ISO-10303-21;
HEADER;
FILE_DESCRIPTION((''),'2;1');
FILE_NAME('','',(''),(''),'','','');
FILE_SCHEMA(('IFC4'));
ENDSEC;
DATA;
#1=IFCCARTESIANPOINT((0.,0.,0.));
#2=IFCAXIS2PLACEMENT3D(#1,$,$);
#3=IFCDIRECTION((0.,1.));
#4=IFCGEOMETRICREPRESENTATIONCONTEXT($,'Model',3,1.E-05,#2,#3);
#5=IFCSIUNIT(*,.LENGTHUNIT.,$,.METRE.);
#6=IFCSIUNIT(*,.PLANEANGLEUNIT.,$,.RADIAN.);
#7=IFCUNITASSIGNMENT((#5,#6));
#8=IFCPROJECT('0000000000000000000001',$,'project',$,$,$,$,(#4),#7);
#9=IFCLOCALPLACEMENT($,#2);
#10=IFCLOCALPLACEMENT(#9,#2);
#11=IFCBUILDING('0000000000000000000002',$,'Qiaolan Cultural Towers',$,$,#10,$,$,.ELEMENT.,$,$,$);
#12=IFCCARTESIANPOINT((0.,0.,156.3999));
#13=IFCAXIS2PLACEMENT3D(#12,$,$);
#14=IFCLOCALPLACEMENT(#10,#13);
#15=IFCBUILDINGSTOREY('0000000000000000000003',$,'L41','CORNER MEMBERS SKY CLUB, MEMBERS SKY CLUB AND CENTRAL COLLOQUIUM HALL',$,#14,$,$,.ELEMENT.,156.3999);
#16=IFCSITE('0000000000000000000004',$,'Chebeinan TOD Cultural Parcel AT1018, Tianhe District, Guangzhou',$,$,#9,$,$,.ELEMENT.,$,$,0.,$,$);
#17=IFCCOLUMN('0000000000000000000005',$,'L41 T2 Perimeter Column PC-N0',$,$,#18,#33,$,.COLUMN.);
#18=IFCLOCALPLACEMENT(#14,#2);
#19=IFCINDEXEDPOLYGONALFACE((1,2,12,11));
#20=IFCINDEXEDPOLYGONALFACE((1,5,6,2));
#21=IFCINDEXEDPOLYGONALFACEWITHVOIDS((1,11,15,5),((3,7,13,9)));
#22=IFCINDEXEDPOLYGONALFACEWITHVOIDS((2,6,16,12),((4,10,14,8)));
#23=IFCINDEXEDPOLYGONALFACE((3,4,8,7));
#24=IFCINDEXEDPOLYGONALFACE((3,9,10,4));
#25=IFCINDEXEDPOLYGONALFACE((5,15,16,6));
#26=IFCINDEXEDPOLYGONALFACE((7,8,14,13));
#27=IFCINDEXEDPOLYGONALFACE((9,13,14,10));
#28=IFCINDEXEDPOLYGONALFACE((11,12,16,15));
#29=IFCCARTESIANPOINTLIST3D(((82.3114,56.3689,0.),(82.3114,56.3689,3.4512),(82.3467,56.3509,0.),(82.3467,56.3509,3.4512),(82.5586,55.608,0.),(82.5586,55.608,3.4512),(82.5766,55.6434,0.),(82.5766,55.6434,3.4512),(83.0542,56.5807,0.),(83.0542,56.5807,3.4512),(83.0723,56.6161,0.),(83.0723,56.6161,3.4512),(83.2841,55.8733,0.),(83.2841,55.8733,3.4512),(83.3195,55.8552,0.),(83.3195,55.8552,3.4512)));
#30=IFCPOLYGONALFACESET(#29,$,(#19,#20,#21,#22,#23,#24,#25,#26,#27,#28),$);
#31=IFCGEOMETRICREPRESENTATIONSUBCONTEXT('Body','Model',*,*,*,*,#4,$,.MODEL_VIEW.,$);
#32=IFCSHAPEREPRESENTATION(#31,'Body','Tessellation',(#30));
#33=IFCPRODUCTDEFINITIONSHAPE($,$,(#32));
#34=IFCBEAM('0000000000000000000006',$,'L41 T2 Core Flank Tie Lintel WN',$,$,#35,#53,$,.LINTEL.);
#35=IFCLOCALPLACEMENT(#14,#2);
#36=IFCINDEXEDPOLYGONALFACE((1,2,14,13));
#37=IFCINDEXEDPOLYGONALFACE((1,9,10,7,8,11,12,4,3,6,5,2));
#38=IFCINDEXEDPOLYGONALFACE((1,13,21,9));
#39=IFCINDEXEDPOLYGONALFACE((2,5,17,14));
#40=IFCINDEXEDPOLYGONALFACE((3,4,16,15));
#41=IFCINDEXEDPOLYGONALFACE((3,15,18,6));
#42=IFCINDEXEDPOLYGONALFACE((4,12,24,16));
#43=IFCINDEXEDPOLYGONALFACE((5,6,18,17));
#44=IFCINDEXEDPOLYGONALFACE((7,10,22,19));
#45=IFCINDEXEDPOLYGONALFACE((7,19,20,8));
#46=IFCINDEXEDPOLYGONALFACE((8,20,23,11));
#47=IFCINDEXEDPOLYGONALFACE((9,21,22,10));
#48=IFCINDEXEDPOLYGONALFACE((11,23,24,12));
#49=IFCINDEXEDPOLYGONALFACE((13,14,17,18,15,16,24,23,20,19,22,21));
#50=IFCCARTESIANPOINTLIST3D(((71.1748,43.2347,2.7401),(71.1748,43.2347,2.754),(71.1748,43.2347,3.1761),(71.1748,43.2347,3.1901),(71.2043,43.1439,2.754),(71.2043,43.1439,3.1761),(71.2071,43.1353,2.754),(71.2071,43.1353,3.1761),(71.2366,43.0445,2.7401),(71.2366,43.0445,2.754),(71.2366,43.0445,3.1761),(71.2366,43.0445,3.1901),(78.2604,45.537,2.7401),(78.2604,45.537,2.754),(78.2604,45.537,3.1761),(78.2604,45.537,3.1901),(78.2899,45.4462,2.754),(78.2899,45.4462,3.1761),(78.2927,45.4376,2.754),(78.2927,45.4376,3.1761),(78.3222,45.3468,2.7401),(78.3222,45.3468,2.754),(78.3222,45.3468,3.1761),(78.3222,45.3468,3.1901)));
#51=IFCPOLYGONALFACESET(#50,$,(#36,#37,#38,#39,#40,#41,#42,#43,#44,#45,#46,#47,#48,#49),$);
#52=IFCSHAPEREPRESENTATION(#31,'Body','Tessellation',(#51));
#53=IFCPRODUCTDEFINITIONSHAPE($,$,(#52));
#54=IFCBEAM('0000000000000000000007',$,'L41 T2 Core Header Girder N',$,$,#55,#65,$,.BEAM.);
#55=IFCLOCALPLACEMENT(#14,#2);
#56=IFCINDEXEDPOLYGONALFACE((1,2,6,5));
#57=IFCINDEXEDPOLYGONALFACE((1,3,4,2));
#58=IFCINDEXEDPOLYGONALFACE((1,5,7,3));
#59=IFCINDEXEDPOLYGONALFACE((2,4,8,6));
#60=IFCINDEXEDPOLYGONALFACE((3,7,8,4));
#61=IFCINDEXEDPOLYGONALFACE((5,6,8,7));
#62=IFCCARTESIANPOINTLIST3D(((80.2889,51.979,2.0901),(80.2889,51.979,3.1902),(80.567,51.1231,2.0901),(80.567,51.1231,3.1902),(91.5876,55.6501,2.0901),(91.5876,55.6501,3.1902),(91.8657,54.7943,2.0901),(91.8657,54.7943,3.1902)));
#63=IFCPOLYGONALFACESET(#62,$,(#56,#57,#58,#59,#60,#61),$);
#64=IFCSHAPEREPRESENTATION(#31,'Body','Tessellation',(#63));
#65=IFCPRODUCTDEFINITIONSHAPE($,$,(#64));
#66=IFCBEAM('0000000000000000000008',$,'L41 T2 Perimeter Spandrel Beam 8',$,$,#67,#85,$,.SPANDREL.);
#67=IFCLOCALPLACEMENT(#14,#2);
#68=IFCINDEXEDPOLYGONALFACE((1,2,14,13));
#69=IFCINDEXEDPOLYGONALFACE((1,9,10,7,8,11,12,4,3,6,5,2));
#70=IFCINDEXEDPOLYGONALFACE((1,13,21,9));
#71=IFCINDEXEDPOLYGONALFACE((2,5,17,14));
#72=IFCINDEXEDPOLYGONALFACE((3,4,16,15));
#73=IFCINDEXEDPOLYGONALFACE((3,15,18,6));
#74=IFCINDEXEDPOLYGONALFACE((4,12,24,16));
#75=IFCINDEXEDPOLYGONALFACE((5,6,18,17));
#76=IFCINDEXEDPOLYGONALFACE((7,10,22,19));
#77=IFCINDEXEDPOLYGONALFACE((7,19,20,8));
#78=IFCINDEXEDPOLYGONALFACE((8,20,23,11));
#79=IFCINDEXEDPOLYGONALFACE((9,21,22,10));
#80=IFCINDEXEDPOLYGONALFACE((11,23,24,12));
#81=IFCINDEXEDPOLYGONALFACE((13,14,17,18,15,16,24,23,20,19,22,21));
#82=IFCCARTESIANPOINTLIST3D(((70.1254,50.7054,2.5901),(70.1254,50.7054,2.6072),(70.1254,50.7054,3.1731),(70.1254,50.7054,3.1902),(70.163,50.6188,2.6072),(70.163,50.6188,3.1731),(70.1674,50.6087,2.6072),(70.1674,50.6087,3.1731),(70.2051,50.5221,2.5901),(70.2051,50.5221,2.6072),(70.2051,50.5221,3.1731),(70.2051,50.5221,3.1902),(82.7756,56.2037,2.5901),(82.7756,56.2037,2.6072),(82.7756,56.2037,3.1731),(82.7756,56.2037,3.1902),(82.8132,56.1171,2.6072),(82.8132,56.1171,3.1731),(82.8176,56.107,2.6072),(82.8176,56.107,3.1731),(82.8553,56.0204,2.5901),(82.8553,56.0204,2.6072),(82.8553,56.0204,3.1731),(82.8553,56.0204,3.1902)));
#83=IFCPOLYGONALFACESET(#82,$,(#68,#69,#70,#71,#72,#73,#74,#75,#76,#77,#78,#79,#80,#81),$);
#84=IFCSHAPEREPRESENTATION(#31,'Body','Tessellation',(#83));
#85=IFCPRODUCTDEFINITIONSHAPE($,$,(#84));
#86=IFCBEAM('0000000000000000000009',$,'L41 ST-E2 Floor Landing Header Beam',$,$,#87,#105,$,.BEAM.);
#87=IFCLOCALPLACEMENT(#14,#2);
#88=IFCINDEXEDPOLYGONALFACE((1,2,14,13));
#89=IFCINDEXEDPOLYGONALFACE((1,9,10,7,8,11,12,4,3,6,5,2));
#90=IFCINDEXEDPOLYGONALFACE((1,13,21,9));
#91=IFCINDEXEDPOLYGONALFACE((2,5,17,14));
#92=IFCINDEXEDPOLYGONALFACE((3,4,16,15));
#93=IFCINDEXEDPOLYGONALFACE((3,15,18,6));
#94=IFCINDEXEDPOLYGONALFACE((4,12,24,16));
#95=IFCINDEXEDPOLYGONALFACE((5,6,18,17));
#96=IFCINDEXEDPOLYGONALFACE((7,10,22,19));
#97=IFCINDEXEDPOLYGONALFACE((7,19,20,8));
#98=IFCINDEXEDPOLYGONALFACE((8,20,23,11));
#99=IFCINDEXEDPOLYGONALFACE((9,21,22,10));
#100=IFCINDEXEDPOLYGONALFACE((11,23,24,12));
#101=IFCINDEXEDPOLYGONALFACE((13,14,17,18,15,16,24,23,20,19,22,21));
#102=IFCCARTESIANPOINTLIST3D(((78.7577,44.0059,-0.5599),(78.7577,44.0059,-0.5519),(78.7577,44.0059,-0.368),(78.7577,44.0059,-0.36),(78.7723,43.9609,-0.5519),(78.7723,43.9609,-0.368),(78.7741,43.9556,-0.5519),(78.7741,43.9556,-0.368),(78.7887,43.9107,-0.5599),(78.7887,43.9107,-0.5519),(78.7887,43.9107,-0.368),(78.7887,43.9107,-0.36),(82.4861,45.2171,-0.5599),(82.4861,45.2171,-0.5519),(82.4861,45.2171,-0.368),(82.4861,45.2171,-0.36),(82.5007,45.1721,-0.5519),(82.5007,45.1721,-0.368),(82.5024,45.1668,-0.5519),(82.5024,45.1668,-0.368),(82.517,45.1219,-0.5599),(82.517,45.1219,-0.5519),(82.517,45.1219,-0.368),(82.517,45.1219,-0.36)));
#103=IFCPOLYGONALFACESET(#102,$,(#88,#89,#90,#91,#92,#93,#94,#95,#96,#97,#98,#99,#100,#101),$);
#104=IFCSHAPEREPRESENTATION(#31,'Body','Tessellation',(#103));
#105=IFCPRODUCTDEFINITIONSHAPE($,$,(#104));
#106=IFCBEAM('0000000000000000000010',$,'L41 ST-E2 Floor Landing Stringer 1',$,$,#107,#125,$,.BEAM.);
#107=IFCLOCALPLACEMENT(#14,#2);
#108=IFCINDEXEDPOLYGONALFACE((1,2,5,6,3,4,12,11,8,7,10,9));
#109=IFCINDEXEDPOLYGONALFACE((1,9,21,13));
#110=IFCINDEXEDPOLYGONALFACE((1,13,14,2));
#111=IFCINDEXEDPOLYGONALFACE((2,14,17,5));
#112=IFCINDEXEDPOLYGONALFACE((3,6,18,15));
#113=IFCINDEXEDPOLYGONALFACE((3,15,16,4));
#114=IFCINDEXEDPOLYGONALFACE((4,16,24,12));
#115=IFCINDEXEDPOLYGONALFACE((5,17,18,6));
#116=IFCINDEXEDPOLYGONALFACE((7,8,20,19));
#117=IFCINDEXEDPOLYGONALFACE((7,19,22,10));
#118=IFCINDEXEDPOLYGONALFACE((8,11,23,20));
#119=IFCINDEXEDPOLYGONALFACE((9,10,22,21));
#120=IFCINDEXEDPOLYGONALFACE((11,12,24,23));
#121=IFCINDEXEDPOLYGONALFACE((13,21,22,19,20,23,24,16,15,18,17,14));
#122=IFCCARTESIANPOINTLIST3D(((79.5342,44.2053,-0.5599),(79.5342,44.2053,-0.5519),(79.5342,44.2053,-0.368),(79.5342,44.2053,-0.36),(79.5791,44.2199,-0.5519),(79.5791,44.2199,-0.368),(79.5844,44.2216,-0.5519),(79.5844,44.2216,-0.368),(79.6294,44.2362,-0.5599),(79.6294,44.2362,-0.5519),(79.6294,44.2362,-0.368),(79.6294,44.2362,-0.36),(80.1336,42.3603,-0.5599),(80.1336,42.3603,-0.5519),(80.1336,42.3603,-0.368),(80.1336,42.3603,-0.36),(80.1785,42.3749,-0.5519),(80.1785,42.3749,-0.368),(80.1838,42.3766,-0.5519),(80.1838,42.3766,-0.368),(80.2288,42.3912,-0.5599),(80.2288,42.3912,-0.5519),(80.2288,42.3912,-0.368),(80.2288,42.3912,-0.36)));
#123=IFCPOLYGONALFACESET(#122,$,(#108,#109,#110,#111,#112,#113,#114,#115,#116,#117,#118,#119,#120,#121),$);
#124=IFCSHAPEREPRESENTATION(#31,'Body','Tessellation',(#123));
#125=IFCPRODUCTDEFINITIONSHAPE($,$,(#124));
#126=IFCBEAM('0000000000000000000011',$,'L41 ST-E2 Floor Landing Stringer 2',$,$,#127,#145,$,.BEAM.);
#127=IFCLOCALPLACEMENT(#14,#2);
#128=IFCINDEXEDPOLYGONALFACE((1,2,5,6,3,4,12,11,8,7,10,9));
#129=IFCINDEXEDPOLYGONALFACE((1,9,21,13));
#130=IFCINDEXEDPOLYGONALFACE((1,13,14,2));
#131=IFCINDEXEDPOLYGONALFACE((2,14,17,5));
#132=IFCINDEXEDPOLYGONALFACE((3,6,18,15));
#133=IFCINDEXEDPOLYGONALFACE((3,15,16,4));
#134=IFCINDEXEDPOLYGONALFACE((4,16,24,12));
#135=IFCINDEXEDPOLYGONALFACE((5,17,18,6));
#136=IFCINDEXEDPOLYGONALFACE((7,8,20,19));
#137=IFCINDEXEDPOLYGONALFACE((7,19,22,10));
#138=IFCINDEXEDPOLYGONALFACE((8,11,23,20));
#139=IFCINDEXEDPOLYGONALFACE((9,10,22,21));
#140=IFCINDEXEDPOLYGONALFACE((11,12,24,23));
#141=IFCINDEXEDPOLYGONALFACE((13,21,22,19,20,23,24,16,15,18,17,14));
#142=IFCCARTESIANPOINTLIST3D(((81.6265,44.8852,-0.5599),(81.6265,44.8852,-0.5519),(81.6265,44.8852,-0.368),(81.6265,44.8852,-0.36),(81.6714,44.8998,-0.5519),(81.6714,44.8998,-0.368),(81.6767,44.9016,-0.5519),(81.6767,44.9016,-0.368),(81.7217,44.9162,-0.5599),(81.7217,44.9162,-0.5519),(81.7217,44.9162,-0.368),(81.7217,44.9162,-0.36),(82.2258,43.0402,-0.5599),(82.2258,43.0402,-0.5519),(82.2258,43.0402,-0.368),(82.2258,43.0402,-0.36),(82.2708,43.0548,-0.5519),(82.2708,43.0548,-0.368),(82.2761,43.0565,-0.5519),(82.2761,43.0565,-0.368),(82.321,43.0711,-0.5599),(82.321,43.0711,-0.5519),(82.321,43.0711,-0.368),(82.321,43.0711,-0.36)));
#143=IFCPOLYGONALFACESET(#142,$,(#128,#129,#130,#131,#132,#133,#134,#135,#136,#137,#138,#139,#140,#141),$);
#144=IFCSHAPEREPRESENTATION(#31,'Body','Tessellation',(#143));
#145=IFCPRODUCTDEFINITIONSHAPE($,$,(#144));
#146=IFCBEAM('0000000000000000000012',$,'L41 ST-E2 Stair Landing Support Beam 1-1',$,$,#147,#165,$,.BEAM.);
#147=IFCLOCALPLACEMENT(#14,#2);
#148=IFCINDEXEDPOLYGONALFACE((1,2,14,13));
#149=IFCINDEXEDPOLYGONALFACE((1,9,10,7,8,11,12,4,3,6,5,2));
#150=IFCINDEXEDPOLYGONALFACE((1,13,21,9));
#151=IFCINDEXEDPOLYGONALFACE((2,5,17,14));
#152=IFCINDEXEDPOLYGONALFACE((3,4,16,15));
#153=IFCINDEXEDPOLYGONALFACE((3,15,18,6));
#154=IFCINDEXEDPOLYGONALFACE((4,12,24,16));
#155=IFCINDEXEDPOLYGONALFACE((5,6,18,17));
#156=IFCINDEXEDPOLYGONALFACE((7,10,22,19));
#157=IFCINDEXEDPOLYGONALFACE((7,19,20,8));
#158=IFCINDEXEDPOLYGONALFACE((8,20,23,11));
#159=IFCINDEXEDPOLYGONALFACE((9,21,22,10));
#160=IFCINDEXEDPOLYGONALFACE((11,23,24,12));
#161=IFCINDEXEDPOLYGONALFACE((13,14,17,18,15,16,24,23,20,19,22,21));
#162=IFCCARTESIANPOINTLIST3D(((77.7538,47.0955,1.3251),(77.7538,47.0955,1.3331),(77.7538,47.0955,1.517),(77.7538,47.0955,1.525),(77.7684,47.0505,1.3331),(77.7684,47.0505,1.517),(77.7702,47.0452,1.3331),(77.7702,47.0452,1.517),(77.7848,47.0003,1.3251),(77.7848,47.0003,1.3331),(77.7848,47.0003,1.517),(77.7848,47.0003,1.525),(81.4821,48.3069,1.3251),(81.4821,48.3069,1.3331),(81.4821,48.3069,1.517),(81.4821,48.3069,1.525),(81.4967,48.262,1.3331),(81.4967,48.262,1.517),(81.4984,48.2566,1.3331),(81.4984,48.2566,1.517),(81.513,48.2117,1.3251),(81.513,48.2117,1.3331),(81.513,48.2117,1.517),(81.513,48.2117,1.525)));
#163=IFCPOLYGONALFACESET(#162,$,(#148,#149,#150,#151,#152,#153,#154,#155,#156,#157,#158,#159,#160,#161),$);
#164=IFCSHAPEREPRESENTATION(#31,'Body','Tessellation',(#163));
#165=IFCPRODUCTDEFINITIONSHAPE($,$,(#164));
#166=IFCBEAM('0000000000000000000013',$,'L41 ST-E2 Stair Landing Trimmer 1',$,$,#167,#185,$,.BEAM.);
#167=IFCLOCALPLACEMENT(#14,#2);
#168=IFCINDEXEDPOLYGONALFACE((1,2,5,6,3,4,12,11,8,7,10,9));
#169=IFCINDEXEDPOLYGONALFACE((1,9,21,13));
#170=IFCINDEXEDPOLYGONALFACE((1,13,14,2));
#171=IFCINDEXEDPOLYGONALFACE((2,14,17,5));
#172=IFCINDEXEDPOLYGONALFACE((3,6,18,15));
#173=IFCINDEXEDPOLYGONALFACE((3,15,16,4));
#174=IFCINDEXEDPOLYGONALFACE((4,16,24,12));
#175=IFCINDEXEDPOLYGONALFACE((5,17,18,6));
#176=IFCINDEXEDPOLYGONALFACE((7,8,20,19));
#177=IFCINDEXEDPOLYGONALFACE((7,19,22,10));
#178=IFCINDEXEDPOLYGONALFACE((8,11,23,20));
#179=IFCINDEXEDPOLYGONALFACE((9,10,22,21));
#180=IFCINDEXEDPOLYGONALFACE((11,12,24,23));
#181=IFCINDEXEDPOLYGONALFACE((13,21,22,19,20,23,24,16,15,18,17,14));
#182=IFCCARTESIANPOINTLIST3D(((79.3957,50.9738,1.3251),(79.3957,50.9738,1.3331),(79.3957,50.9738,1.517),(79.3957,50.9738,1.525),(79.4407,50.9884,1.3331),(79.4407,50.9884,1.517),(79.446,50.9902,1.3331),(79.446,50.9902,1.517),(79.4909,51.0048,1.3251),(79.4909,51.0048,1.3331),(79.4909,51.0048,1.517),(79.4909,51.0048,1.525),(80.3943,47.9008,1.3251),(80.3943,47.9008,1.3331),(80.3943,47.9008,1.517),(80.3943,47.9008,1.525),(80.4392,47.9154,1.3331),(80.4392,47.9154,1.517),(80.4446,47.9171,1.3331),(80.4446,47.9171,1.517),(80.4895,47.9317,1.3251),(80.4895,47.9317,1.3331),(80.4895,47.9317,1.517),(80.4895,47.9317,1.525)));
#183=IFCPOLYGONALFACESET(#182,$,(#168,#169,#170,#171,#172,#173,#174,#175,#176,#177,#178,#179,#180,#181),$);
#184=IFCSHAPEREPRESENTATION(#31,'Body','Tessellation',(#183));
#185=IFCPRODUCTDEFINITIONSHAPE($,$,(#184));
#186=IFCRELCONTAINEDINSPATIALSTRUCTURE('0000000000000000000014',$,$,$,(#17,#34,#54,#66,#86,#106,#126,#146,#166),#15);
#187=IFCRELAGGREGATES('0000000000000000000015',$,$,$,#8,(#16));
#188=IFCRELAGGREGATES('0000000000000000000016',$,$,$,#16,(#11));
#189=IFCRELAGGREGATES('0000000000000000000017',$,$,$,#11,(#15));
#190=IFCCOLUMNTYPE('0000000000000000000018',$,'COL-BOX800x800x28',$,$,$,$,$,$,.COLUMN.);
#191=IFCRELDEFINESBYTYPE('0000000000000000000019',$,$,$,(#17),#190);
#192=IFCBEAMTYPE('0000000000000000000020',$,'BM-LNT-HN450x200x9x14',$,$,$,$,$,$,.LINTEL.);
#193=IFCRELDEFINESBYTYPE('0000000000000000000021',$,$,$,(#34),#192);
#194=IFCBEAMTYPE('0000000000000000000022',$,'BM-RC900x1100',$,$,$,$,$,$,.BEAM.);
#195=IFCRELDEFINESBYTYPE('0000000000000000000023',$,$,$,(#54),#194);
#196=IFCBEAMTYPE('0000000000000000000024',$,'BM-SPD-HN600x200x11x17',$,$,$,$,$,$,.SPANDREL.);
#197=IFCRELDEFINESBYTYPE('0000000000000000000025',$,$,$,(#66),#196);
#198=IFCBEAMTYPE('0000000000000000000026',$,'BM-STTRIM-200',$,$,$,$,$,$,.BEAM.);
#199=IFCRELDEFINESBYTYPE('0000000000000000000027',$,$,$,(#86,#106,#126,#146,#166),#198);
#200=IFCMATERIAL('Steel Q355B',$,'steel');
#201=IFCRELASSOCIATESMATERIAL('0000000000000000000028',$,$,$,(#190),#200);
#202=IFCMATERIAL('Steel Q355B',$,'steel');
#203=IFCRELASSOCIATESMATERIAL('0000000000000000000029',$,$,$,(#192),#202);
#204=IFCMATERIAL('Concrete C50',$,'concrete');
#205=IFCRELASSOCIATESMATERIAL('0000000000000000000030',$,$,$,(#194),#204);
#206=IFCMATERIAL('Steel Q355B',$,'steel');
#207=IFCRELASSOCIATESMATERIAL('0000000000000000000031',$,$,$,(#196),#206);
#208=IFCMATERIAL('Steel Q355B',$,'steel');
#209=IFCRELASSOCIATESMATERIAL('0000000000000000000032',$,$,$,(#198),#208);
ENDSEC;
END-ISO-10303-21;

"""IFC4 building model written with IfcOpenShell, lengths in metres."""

from ifc_helpers import new_model, si_unit, direction, frame, origin, origin_2d, place, context, subcontext, project, spatial, rectangle, hollow_rectangle, i_section, extrude, material, material_profile, profile_set, type_object, element, save


model = new_model("IFC4")

# Units and contexts
model_context = context("Model", 3, precision=1e-05, world=origin(), true_north=direction((0.0, 1.0)))
body_context = subcontext(model_context, "Body", "Model", "MODEL_VIEW")
ifc_project = project(units=[si_unit("LENGTHUNIT", "METRE"), si_unit("PLANEANGLEUNIT", "RADIAN")], contexts=[model_context])

# Site, building, storey
site_placement = place(None, origin())
site = spatial("IfcSite", under=ifc_project, at=site_placement, Name="Chebeinan TOD Cultural Parcel AT1018, Tianhe District, Guangzhou", CompositionType="ELEMENT", RefElevation=0.0)
building_placement = place(site_placement, origin())
building = spatial("IfcBuilding", under=site, at=building_placement, Name="Qiaolan Cultural Towers", CompositionType="ELEMENT")
storey_placement = place(building_placement, frame((0.0, 0.0, 156.3999)))
storey = spatial("IfcBuildingStorey", under=building, at=storey_placement, Name="L41", Description="CORNER MEMBERS SKY CLUB, MEMBERS SKY CLUB AND CENTRAL COLLOQUIUM HALL", CompositionType="ELEMENT", Elevation=156.3999)

# Column
ifc_material_1 = material(Name="Steel Q355B", Category="steel")
ifc_material_profile_1 = material_profile(ifc_material_1, hollow_rectangle(XDim=0.8, YDim=0.8, WallThickness=0.0281, at=origin_2d()), Name="BOX800x800x28")
ifc_profile_set_1 = profile_set([ifc_material_profile_1], Name="Steel Q355B")
column_type = type_object("IfcColumnType", Name="COL-BOX800x800x28", PredefinedType="COLUMN", material=ifc_profile_set_1)
column_placement = place(storey_placement, frame((82.8154, 56.1121, 0.0), z_axis=(0.0, 0.0, 1.0), x_axis=(0.951057, 0.309017, 0.0)))
element("IfcColumn", 1, at=column_placement, inside=storey, type_object=column_type, Name="L41 T2 Perimeter Column PC-N0", PredefinedType="COLUMN", context=body_context, shape_type="SweptSolid", body=[
    extrude(hollow_rectangle(XDim=0.8, YDim=0.8, WallThickness=0.0281, at=origin_2d()), origin(), (0.0, 0.0, 1.0), 3.4512),
])

# Beams
ifc_material_2 = material(Name="Steel Q355B", Category="steel")
ifc_material_profile_2 = material_profile(ifc_material_2, i_section(OverallWidth=0.2, OverallDepth=0.45, WebThickness=0.009, FlangeThickness=0.0139, at=origin_2d()), Name="HN450x200x9x14")
ifc_profile_set_2 = profile_set([ifc_material_profile_2], Name="Steel Q355B")
beam_type_1 = type_object("IfcBeamType", Name="BM-LNT-HN450x200x9x14", PredefinedType="LINTEL", material=ifc_profile_set_2)
beam_1_placement = place(storey_placement, frame((78.2913, 45.4419, 2.9651), z_axis=(-0.951055, -0.309022, 0.0), x_axis=(0.309022, -0.951055, 0.0)))
element("IfcBeam", 2, at=beam_1_placement, inside=storey, type_object=beam_type_1, Name="L41 T2 Core Flank Tie Lintel WN", PredefinedType="LINTEL", context=body_context, shape_type="SweptSolid", body=[
    extrude(i_section(OverallWidth=0.2, OverallDepth=0.45, WebThickness=0.009, FlangeThickness=0.0139, at=origin_2d()), origin(), (0.0, 0.0, 1.0), 7.4502),
])
ifc_material_3 = material(Name="Concrete C50", Category="concrete")
ifc_material_profile_3 = material_profile(ifc_material_3, rectangle(XDim=0.8999, YDim=1.1001, at=origin_2d()), Name="RC900x1100")
ifc_profile_set_3 = profile_set([ifc_material_profile_3], Name="Concrete C50")
beam_type_2 = type_object("IfcBeamType", Name="BM-RC900x1100", PredefinedType="BEAM", material=ifc_profile_set_3)
beam_2_placement = place(storey_placement, frame((80.428, 51.551, 2.6401), z_axis=(0.951056, 0.309018, 0.0), x_axis=(-0.309018, 0.951056, 0.0)))
element("IfcBeam", 3, at=beam_2_placement, inside=storey, type_object=beam_type_2, Name="L41 T2 Core Header Girder N", PredefinedType="BEAM", context=body_context, shape_type="SweptSolid", body=[
    extrude(rectangle(XDim=0.8999, YDim=1.1001, at=origin_2d()), origin(), (0.0, 0.0, 1.0), 11.8801),
])
ifc_material_4 = material(Name="Steel Q355B", Category="steel")
ifc_material_profile_4 = material_profile(ifc_material_4, i_section(OverallWidth=0.2, OverallDepth=0.6001, WebThickness=0.011, FlangeThickness=0.0171, at=origin_2d()), Name="HN600x200x11x17")
ifc_profile_set_4 = profile_set([ifc_material_profile_4], Name="Steel Q355B")
beam_type_3 = type_object("IfcBeamType", Name="BM-SPD-HN600x200x11x17", PredefinedType="SPANDREL", material=ifc_profile_set_4)
beam_3_placement = place(storey_placement, frame((82.8154, 56.1121, 2.8901), z_axis=(-0.917117, -0.398618, 0.0), x_axis=(0.398618, -0.917117, 0.0)))
element("IfcBeam", 4, at=beam_3_placement, inside=storey, type_object=beam_type_3, Name="L41 T2 Perimeter Spandrel Beam 8", PredefinedType="SPANDREL", context=body_context, shape_type="SweptSolid", body=[
    extrude(i_section(OverallWidth=0.2, OverallDepth=0.6001, WebThickness=0.011, FlangeThickness=0.0171, at=origin_2d()), origin(), (0.0, 0.0, 1.0), 13.7935),
])
ifc_material_5 = material(Name="Steel Q355B", Category="steel")
ifc_material_profile_5 = material_profile(ifc_material_5, i_section(OverallWidth=0.1001, OverallDepth=0.2, WebThickness=0.0056, FlangeThickness=0.0081, at=origin_2d()), Name="HN200x100x5.5x8")
ifc_profile_set_5 = profile_set([ifc_material_profile_5], Name="Steel Q355B")
beam_type_4 = type_object("IfcBeamType", Name="BM-STTRIM-200", PredefinedType="BEAM", material=ifc_profile_set_5)
beam_4_placement = place(storey_placement, frame((78.7732, 43.9583, -0.46), z_axis=(0.951072, 0.308969, 0.0), x_axis=(-0.308969, 0.951072, 0.0)))
element("IfcBeam", 5, at=beam_4_placement, inside=storey, type_object=beam_type_4, Name="L41 ST-E2 Floor Landing Header Beam", PredefinedType="BEAM", context=body_context, shape_type="SweptSolid", body=[
    extrude(i_section(OverallWidth=0.1001, OverallDepth=0.2, WebThickness=0.0056, FlangeThickness=0.0081, at=origin_2d()), origin(), (0.0, 0.0, 1.0), 3.9202),
])
for number, where, z_axis, x_axis, name in (
    (6, (80.1812, 42.3757, -0.46), (-0.308969, 0.951072, 0.0), (-0.951072, -0.308969, 0.0), "L41 ST-E2 Floor Landing Stringer 1"),
    (7, (82.2734, 43.0557, -0.46), (-0.308969, 0.951072, 0.0), (-0.951072, -0.308969, 0.0), "L41 ST-E2 Floor Landing Stringer 2"),
):
    element("IfcBeam", number, at=place(storey_placement, frame(where, z_axis=z_axis, x_axis=x_axis)), inside=storey, type_object=beam_type_4, Name=name, PredefinedType="BEAM", context=body_context, shape_type="SweptSolid", body=[
        extrude(i_section(OverallWidth=0.1001, OverallDepth=0.2, WebThickness=0.0056, FlangeThickness=0.0081, at=origin_2d()), origin(), (0.0, 0.0, 1.0), 1.9399),
    ])
beam_5_placement = place(storey_placement, frame((77.7693, 47.0479, 1.425), z_axis=(0.951054, 0.309026, 0.0), x_axis=(-0.309026, 0.951054, 0.0)))
element("IfcBeam", 8, at=beam_5_placement, inside=storey, type_object=beam_type_4, Name="L41 ST-E2 Stair Landing Support Beam 1-1", PredefinedType="BEAM", context=body_context, shape_type="SweptSolid", body=[
    extrude(i_section(OverallWidth=0.1001, OverallDepth=0.2, WebThickness=0.0056, FlangeThickness=0.0081, at=origin_2d()), origin(), (0.0, 0.0, 1.0), 3.9202),
])
beam_6_placement = place(storey_placement, frame((80.4419, 47.9163, 1.425), z_axis=(-0.309033, 0.951051, 0.0), x_axis=(-0.951051, -0.309033, 0.0)))
element("IfcBeam", 9, at=beam_6_placement, inside=storey, type_object=beam_type_4, Name="L41 ST-E2 Stair Landing Trimmer 1", PredefinedType="BEAM", context=body_context, shape_type="SweptSolid", body=[
    extrude(i_section(OverallWidth=0.1001, OverallDepth=0.2, WebThickness=0.0056, FlangeThickness=0.0081, at=origin_2d()), origin(), (0.0, 0.0, 1.0), 3.2312),
])

save(model, "model.ifc")
